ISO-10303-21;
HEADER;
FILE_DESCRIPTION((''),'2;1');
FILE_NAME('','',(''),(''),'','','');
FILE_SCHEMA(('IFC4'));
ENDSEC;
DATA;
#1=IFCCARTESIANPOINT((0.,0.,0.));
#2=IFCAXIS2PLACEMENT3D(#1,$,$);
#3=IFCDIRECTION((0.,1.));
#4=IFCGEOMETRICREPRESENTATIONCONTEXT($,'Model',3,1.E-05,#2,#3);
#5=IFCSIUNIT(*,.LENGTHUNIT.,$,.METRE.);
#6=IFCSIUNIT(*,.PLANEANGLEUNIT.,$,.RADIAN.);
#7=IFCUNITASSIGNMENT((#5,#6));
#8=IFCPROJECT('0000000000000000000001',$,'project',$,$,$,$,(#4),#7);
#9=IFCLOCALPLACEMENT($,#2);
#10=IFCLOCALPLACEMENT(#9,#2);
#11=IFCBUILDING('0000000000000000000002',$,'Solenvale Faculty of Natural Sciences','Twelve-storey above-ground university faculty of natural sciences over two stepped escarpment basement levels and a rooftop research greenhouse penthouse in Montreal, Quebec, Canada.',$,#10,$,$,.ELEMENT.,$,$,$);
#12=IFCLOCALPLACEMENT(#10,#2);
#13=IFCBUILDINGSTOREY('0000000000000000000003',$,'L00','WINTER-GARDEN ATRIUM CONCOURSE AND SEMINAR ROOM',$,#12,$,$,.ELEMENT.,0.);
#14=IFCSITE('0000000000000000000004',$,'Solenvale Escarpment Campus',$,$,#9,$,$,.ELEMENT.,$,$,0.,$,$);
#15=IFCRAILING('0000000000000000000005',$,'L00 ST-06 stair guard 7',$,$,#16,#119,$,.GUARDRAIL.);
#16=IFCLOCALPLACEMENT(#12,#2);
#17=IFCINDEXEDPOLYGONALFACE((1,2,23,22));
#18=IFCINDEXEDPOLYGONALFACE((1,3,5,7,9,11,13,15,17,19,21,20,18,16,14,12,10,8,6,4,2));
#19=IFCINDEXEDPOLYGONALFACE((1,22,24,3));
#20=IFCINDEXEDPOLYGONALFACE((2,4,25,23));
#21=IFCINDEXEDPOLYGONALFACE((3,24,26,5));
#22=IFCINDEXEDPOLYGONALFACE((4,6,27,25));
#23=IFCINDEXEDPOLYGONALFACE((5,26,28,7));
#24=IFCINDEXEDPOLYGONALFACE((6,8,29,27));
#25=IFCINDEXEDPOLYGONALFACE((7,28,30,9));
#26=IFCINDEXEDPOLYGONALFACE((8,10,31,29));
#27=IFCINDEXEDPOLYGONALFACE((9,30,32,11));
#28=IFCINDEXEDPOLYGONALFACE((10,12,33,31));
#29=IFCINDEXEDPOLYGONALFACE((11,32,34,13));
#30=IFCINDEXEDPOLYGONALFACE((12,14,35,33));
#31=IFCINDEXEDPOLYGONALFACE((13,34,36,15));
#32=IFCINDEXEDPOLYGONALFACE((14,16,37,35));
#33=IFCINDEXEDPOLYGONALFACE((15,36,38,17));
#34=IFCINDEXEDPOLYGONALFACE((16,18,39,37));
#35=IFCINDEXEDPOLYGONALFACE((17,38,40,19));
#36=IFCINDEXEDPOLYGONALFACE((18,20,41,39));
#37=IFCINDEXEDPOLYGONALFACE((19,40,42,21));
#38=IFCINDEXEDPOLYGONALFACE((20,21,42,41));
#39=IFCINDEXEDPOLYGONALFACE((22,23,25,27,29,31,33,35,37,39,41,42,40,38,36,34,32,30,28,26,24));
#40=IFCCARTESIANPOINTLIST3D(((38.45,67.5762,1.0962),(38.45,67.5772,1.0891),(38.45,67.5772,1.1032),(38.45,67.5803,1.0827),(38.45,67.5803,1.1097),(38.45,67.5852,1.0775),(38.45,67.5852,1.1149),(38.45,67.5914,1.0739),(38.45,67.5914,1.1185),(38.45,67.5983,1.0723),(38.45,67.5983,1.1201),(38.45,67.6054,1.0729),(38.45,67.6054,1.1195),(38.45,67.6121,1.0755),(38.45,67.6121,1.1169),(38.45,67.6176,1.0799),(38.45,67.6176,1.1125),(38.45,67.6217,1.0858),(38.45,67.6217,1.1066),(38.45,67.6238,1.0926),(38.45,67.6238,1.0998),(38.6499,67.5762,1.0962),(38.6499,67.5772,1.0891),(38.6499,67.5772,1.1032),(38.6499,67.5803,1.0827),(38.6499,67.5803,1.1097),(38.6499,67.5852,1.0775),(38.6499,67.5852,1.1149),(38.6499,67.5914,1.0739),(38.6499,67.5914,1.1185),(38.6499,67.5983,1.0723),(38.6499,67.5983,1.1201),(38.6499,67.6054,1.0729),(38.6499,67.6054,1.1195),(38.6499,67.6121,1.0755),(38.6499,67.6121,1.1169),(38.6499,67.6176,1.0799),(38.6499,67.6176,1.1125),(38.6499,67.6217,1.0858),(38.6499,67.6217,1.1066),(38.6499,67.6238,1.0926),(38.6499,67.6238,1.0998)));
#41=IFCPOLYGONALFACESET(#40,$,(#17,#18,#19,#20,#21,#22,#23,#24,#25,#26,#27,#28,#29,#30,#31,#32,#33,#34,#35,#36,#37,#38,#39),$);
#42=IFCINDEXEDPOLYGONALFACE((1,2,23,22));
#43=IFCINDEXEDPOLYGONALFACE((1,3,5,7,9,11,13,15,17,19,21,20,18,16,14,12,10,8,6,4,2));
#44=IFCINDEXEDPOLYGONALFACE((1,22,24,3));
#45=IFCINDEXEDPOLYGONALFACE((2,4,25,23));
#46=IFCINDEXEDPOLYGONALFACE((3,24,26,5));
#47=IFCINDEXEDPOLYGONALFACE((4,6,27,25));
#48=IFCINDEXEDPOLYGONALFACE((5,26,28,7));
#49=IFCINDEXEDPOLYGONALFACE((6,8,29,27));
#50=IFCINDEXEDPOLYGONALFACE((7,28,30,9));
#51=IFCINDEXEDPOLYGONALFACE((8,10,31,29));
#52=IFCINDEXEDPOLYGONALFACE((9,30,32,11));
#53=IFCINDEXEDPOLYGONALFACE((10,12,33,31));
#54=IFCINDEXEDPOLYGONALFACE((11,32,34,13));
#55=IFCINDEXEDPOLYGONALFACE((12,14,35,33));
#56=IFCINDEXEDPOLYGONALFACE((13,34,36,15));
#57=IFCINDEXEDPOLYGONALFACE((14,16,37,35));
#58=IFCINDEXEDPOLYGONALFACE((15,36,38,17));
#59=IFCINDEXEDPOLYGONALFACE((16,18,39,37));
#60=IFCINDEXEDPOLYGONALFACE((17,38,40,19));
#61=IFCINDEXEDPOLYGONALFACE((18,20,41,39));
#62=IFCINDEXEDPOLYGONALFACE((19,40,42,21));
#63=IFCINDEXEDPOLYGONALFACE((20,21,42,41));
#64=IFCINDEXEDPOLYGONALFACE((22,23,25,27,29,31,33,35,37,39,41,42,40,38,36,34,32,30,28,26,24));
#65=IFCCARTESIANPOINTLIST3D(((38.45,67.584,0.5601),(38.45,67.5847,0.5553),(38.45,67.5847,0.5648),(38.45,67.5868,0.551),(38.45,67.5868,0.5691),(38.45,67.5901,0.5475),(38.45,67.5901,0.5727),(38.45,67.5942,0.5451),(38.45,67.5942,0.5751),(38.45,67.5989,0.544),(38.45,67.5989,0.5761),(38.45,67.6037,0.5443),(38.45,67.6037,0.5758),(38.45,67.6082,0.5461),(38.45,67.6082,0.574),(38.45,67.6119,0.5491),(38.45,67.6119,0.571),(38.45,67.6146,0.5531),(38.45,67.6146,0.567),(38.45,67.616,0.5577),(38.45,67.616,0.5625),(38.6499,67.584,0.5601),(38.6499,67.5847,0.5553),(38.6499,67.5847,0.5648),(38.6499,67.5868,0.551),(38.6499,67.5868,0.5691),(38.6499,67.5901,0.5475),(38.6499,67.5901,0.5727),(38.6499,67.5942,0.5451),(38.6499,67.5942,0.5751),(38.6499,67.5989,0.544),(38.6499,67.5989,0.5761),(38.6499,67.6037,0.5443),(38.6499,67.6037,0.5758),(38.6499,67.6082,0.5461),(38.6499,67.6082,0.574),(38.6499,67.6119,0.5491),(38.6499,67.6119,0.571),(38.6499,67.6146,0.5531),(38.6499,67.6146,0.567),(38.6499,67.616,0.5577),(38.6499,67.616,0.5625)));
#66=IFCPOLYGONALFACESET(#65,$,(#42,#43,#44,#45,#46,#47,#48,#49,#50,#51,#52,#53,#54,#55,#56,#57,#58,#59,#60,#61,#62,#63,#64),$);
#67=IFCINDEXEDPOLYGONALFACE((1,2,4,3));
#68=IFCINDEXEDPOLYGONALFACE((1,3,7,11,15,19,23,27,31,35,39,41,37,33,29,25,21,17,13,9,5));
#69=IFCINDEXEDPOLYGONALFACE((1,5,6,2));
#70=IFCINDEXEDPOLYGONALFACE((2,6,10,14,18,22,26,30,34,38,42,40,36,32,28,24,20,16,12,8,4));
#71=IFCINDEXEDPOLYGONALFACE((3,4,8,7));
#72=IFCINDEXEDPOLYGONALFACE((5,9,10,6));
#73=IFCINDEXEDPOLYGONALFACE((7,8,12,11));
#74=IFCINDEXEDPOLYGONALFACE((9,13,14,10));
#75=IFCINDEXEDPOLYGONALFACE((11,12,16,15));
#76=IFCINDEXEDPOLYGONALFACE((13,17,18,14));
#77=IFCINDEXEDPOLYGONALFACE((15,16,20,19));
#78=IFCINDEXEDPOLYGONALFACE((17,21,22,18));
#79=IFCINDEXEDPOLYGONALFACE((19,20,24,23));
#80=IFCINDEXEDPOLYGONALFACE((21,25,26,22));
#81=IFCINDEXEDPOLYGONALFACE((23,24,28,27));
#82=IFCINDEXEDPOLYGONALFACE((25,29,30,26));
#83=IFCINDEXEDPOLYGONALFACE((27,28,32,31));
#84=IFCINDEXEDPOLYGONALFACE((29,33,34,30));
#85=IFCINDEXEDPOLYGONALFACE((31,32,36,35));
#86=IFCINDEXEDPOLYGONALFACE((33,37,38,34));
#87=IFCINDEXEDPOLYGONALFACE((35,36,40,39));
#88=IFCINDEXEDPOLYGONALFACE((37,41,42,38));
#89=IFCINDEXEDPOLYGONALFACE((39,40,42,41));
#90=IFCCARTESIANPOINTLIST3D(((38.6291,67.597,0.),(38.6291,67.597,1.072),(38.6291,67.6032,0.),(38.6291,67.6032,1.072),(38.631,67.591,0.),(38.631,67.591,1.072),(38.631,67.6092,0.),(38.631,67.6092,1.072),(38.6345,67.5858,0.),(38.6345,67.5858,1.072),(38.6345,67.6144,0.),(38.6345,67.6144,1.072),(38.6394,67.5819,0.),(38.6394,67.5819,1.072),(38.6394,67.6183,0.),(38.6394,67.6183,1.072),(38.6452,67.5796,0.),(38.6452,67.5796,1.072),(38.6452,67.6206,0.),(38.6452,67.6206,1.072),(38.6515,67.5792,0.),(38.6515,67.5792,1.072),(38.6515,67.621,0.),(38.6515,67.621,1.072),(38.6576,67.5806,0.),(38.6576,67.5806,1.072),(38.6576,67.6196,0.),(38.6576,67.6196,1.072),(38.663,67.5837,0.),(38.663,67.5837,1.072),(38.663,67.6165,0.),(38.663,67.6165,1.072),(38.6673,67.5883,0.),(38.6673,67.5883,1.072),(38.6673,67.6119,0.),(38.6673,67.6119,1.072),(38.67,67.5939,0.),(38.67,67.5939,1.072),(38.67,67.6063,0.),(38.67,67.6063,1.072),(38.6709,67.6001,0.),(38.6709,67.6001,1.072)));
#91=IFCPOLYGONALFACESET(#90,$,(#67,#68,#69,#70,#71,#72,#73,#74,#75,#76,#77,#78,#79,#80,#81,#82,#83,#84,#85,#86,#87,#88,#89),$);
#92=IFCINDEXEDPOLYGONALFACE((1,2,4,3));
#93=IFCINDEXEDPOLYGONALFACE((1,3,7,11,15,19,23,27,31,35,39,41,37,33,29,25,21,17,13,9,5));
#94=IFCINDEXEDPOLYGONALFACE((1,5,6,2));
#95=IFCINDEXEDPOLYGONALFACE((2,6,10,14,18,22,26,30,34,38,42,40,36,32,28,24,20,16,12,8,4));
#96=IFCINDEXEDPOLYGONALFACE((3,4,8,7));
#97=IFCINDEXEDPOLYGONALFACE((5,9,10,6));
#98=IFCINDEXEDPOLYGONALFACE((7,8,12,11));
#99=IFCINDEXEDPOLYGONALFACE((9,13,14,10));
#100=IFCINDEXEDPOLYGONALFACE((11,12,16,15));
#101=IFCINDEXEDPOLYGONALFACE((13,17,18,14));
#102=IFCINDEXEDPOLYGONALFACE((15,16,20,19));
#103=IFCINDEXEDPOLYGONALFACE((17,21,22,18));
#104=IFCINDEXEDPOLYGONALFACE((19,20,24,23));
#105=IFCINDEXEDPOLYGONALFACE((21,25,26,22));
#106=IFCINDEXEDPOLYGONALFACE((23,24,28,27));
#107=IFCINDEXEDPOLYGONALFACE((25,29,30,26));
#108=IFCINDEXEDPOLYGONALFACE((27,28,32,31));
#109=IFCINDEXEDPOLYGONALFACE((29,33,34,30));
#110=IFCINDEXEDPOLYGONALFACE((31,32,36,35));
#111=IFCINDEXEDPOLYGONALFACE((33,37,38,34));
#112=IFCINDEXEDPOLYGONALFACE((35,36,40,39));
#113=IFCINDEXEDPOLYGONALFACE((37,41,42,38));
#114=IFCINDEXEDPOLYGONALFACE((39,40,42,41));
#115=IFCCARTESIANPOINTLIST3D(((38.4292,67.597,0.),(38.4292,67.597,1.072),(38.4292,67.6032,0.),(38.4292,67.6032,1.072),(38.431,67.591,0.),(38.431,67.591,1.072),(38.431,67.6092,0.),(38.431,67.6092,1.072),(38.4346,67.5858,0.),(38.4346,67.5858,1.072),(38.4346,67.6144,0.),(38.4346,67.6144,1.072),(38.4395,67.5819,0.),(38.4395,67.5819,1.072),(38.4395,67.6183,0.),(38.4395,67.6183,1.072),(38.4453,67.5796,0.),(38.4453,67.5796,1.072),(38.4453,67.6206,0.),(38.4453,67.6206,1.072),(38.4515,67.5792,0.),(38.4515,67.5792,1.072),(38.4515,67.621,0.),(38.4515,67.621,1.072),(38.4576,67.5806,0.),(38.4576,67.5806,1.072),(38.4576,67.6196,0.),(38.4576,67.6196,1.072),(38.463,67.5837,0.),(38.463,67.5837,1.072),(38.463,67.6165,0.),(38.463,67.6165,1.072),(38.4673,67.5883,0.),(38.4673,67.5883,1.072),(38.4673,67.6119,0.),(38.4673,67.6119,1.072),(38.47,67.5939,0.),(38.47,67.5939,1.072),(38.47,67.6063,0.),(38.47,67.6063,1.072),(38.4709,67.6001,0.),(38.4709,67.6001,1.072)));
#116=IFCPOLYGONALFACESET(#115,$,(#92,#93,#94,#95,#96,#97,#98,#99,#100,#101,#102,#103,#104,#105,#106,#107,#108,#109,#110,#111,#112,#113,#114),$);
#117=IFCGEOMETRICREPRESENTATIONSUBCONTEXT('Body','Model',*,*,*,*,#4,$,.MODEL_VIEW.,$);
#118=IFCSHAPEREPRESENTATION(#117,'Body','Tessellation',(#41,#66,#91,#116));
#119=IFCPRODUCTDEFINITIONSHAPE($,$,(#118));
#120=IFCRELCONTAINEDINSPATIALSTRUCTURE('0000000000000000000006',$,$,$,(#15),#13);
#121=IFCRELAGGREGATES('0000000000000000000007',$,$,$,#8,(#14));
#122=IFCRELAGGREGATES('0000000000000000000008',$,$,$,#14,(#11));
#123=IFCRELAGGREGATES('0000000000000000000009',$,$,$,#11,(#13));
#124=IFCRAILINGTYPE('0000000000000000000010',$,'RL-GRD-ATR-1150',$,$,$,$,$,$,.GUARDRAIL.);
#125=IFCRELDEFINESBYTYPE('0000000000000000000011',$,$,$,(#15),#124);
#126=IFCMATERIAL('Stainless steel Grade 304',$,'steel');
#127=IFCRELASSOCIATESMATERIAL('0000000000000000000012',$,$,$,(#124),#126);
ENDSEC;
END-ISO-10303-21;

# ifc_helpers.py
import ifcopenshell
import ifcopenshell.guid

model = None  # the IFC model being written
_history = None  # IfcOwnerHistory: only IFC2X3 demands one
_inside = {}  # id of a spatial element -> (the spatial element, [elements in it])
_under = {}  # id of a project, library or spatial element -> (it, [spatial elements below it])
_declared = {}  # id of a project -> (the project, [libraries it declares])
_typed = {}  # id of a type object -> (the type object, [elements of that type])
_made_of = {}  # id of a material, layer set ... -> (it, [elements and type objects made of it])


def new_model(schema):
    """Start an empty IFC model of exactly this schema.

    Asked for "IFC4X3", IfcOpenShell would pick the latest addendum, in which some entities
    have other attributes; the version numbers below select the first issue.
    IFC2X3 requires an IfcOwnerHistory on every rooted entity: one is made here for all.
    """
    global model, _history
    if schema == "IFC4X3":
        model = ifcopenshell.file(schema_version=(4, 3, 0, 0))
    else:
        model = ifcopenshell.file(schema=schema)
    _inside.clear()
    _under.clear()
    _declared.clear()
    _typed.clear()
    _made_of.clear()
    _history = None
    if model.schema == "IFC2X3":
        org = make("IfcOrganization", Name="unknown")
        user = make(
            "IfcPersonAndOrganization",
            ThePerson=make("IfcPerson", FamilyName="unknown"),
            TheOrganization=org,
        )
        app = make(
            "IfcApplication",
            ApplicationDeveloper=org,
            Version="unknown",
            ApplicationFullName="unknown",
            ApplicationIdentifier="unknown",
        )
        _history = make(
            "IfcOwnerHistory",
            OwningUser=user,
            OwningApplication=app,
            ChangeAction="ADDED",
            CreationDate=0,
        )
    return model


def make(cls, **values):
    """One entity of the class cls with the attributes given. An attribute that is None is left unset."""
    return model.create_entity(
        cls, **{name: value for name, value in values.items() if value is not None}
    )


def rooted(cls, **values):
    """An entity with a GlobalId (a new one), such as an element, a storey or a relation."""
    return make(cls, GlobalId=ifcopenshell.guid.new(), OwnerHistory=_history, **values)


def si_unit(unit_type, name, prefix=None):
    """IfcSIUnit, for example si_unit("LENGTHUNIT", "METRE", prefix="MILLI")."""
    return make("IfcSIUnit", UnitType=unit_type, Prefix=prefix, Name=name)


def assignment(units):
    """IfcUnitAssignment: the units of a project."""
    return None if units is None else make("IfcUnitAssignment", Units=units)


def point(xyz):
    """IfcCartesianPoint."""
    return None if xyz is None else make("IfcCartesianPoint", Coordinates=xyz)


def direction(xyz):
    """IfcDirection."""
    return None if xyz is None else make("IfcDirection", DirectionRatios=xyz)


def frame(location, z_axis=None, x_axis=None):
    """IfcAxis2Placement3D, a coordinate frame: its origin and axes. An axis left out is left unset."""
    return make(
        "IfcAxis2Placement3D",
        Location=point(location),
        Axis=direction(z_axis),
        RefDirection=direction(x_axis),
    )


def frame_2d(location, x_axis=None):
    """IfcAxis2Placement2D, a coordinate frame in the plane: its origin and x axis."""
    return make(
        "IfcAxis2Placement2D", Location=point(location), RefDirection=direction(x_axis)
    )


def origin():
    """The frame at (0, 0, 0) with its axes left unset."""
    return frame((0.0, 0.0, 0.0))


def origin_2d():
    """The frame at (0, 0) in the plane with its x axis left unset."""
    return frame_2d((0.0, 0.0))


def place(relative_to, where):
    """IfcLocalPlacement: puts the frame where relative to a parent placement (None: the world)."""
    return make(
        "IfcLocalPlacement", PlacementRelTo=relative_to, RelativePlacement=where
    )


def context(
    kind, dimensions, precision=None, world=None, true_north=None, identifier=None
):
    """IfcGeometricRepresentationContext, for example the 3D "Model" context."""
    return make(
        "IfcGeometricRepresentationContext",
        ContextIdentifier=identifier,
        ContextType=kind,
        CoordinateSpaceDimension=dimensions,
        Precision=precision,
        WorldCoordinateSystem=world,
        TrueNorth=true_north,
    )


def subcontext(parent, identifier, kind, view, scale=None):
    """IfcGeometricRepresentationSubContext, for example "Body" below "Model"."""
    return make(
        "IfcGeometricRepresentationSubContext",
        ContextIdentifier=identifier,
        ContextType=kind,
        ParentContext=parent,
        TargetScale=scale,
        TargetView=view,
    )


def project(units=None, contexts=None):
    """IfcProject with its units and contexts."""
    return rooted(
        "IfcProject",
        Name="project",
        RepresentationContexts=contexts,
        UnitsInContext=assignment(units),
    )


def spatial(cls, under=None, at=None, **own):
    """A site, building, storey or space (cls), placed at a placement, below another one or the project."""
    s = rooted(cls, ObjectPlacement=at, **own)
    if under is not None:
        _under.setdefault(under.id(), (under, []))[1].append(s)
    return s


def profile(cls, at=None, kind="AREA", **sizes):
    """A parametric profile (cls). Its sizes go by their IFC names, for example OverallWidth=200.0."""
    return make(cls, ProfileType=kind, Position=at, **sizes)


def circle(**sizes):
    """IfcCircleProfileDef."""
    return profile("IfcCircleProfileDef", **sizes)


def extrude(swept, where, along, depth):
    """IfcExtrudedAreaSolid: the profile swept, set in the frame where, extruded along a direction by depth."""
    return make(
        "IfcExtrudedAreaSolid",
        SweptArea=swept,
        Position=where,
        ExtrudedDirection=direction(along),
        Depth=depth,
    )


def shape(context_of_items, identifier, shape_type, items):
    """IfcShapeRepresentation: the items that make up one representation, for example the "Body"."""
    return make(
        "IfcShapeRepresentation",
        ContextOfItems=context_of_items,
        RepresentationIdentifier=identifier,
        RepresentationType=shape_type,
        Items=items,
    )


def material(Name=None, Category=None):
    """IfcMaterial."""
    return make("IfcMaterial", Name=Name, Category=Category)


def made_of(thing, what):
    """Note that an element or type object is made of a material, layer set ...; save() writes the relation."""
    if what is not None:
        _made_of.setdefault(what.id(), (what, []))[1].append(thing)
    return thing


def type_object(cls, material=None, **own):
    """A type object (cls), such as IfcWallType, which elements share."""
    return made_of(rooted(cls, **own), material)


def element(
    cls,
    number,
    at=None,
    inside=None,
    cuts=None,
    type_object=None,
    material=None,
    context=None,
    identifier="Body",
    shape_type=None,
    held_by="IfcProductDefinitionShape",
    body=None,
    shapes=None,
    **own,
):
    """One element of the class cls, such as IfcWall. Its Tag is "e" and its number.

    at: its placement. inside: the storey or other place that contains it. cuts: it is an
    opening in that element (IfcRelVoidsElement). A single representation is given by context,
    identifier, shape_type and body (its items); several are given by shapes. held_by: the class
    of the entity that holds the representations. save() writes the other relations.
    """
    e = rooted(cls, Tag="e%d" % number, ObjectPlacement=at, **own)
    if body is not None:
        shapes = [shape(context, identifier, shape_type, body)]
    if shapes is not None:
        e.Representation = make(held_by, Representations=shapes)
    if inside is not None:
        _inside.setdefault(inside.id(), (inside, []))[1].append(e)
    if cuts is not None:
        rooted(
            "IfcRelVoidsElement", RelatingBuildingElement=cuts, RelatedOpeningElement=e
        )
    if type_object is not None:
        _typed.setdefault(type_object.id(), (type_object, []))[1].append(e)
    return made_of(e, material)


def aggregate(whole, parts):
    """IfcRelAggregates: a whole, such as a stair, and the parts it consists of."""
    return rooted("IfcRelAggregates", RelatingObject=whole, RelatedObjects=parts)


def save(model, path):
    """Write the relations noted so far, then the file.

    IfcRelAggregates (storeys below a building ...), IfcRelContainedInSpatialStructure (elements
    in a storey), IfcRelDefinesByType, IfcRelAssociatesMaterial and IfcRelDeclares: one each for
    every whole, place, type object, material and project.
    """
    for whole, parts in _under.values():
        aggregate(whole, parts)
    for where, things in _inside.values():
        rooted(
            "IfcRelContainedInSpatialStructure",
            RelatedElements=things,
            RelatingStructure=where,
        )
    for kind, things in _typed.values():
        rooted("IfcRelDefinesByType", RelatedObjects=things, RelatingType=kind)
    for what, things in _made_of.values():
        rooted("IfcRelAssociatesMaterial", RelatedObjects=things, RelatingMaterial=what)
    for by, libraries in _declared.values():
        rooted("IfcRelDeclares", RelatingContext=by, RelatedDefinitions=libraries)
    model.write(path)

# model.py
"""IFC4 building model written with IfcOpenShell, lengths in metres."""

from ifc_helpers import new_model, si_unit, direction, frame, origin, origin_2d, place, context, subcontext, project, spatial, circle, extrude, material, type_object, element, save


model = new_model("IFC4")

# Units and contexts
model_context = context("Model", 3, precision=1e-05, world=origin(), true_north=direction((0.0, 1.0)))
body_context = subcontext(model_context, "Body", "Model", "MODEL_VIEW")
ifc_project = project(units=[si_unit("LENGTHUNIT", "METRE"), si_unit("PLANEANGLEUNIT", "RADIAN")], contexts=[model_context])

# Site, building, storey
site_placement = place(None, origin())
site = spatial("IfcSite", under=ifc_project, at=site_placement, Name="Solenvale Escarpment Campus", CompositionType="ELEMENT", RefElevation=0.0)
building_placement = place(site_placement, origin())
building = spatial("IfcBuilding", under=site, at=building_placement, Name="Solenvale Faculty of Natural Sciences", Description="Twelve-storey above-ground university faculty of natural sciences over two stepped escarpment basement levels and a rooftop research greenhouse penthouse in Montreal, Quebec, Canada.", CompositionType="ELEMENT")
storey_placement = place(building_placement, origin())
storey = spatial("IfcBuildingStorey", under=building, at=storey_placement, Name="L00", Description="WINTER-GARDEN ATRIUM CONCOURSE AND SEMINAR ROOM", CompositionType="ELEMENT", Elevation=0.0)

# Railing
ifc_material_1 = material(Name="Stainless steel Grade 304", Category="steel")
railing_type_1 = type_object("IfcRailingType", Name="RL-GRD-ATR-1150", PredefinedType="GUARDRAIL", material=ifc_material_1)
railing_1_placement = place(storey_placement, frame((38.6499, 67.6001, 0.0)))
element("IfcRailing", 1, at=railing_1_placement, inside=storey, type_object=railing_type_1, Name="L00 ST-06 stair guard 7", PredefinedType="GUARDRAIL", context=body_context, shape_type="SweptSolid", body=[
    extrude(circle(Radius=0.0239, at=origin_2d()), frame((0.0, 0.0, 1.0962), z_axis=(-1.0, 0.0, 0.0), x_axis=(0.0, -1.0, 0.0)), (0.0, 0.0, 1.0), 0.2),
    extrude(circle(Radius=0.0161, at=origin_2d()), frame((0.0, 0.0, 0.5601), z_axis=(-1.0, 0.0, 0.0), x_axis=(0.0, -1.0, 0.0)), (0.0, 0.0, 1.0), 0.2),
    extrude(circle(Radius=0.021, at=origin_2d()), origin(), (0.0, 0.0, 1.0), 1.072),
    extrude(circle(Radius=0.021, at=origin_2d()), frame((-0.2, 0.0, 0.0)), (0.0, 0.0, 1.0), 1.072),
])

save(model, "model.ifc")
